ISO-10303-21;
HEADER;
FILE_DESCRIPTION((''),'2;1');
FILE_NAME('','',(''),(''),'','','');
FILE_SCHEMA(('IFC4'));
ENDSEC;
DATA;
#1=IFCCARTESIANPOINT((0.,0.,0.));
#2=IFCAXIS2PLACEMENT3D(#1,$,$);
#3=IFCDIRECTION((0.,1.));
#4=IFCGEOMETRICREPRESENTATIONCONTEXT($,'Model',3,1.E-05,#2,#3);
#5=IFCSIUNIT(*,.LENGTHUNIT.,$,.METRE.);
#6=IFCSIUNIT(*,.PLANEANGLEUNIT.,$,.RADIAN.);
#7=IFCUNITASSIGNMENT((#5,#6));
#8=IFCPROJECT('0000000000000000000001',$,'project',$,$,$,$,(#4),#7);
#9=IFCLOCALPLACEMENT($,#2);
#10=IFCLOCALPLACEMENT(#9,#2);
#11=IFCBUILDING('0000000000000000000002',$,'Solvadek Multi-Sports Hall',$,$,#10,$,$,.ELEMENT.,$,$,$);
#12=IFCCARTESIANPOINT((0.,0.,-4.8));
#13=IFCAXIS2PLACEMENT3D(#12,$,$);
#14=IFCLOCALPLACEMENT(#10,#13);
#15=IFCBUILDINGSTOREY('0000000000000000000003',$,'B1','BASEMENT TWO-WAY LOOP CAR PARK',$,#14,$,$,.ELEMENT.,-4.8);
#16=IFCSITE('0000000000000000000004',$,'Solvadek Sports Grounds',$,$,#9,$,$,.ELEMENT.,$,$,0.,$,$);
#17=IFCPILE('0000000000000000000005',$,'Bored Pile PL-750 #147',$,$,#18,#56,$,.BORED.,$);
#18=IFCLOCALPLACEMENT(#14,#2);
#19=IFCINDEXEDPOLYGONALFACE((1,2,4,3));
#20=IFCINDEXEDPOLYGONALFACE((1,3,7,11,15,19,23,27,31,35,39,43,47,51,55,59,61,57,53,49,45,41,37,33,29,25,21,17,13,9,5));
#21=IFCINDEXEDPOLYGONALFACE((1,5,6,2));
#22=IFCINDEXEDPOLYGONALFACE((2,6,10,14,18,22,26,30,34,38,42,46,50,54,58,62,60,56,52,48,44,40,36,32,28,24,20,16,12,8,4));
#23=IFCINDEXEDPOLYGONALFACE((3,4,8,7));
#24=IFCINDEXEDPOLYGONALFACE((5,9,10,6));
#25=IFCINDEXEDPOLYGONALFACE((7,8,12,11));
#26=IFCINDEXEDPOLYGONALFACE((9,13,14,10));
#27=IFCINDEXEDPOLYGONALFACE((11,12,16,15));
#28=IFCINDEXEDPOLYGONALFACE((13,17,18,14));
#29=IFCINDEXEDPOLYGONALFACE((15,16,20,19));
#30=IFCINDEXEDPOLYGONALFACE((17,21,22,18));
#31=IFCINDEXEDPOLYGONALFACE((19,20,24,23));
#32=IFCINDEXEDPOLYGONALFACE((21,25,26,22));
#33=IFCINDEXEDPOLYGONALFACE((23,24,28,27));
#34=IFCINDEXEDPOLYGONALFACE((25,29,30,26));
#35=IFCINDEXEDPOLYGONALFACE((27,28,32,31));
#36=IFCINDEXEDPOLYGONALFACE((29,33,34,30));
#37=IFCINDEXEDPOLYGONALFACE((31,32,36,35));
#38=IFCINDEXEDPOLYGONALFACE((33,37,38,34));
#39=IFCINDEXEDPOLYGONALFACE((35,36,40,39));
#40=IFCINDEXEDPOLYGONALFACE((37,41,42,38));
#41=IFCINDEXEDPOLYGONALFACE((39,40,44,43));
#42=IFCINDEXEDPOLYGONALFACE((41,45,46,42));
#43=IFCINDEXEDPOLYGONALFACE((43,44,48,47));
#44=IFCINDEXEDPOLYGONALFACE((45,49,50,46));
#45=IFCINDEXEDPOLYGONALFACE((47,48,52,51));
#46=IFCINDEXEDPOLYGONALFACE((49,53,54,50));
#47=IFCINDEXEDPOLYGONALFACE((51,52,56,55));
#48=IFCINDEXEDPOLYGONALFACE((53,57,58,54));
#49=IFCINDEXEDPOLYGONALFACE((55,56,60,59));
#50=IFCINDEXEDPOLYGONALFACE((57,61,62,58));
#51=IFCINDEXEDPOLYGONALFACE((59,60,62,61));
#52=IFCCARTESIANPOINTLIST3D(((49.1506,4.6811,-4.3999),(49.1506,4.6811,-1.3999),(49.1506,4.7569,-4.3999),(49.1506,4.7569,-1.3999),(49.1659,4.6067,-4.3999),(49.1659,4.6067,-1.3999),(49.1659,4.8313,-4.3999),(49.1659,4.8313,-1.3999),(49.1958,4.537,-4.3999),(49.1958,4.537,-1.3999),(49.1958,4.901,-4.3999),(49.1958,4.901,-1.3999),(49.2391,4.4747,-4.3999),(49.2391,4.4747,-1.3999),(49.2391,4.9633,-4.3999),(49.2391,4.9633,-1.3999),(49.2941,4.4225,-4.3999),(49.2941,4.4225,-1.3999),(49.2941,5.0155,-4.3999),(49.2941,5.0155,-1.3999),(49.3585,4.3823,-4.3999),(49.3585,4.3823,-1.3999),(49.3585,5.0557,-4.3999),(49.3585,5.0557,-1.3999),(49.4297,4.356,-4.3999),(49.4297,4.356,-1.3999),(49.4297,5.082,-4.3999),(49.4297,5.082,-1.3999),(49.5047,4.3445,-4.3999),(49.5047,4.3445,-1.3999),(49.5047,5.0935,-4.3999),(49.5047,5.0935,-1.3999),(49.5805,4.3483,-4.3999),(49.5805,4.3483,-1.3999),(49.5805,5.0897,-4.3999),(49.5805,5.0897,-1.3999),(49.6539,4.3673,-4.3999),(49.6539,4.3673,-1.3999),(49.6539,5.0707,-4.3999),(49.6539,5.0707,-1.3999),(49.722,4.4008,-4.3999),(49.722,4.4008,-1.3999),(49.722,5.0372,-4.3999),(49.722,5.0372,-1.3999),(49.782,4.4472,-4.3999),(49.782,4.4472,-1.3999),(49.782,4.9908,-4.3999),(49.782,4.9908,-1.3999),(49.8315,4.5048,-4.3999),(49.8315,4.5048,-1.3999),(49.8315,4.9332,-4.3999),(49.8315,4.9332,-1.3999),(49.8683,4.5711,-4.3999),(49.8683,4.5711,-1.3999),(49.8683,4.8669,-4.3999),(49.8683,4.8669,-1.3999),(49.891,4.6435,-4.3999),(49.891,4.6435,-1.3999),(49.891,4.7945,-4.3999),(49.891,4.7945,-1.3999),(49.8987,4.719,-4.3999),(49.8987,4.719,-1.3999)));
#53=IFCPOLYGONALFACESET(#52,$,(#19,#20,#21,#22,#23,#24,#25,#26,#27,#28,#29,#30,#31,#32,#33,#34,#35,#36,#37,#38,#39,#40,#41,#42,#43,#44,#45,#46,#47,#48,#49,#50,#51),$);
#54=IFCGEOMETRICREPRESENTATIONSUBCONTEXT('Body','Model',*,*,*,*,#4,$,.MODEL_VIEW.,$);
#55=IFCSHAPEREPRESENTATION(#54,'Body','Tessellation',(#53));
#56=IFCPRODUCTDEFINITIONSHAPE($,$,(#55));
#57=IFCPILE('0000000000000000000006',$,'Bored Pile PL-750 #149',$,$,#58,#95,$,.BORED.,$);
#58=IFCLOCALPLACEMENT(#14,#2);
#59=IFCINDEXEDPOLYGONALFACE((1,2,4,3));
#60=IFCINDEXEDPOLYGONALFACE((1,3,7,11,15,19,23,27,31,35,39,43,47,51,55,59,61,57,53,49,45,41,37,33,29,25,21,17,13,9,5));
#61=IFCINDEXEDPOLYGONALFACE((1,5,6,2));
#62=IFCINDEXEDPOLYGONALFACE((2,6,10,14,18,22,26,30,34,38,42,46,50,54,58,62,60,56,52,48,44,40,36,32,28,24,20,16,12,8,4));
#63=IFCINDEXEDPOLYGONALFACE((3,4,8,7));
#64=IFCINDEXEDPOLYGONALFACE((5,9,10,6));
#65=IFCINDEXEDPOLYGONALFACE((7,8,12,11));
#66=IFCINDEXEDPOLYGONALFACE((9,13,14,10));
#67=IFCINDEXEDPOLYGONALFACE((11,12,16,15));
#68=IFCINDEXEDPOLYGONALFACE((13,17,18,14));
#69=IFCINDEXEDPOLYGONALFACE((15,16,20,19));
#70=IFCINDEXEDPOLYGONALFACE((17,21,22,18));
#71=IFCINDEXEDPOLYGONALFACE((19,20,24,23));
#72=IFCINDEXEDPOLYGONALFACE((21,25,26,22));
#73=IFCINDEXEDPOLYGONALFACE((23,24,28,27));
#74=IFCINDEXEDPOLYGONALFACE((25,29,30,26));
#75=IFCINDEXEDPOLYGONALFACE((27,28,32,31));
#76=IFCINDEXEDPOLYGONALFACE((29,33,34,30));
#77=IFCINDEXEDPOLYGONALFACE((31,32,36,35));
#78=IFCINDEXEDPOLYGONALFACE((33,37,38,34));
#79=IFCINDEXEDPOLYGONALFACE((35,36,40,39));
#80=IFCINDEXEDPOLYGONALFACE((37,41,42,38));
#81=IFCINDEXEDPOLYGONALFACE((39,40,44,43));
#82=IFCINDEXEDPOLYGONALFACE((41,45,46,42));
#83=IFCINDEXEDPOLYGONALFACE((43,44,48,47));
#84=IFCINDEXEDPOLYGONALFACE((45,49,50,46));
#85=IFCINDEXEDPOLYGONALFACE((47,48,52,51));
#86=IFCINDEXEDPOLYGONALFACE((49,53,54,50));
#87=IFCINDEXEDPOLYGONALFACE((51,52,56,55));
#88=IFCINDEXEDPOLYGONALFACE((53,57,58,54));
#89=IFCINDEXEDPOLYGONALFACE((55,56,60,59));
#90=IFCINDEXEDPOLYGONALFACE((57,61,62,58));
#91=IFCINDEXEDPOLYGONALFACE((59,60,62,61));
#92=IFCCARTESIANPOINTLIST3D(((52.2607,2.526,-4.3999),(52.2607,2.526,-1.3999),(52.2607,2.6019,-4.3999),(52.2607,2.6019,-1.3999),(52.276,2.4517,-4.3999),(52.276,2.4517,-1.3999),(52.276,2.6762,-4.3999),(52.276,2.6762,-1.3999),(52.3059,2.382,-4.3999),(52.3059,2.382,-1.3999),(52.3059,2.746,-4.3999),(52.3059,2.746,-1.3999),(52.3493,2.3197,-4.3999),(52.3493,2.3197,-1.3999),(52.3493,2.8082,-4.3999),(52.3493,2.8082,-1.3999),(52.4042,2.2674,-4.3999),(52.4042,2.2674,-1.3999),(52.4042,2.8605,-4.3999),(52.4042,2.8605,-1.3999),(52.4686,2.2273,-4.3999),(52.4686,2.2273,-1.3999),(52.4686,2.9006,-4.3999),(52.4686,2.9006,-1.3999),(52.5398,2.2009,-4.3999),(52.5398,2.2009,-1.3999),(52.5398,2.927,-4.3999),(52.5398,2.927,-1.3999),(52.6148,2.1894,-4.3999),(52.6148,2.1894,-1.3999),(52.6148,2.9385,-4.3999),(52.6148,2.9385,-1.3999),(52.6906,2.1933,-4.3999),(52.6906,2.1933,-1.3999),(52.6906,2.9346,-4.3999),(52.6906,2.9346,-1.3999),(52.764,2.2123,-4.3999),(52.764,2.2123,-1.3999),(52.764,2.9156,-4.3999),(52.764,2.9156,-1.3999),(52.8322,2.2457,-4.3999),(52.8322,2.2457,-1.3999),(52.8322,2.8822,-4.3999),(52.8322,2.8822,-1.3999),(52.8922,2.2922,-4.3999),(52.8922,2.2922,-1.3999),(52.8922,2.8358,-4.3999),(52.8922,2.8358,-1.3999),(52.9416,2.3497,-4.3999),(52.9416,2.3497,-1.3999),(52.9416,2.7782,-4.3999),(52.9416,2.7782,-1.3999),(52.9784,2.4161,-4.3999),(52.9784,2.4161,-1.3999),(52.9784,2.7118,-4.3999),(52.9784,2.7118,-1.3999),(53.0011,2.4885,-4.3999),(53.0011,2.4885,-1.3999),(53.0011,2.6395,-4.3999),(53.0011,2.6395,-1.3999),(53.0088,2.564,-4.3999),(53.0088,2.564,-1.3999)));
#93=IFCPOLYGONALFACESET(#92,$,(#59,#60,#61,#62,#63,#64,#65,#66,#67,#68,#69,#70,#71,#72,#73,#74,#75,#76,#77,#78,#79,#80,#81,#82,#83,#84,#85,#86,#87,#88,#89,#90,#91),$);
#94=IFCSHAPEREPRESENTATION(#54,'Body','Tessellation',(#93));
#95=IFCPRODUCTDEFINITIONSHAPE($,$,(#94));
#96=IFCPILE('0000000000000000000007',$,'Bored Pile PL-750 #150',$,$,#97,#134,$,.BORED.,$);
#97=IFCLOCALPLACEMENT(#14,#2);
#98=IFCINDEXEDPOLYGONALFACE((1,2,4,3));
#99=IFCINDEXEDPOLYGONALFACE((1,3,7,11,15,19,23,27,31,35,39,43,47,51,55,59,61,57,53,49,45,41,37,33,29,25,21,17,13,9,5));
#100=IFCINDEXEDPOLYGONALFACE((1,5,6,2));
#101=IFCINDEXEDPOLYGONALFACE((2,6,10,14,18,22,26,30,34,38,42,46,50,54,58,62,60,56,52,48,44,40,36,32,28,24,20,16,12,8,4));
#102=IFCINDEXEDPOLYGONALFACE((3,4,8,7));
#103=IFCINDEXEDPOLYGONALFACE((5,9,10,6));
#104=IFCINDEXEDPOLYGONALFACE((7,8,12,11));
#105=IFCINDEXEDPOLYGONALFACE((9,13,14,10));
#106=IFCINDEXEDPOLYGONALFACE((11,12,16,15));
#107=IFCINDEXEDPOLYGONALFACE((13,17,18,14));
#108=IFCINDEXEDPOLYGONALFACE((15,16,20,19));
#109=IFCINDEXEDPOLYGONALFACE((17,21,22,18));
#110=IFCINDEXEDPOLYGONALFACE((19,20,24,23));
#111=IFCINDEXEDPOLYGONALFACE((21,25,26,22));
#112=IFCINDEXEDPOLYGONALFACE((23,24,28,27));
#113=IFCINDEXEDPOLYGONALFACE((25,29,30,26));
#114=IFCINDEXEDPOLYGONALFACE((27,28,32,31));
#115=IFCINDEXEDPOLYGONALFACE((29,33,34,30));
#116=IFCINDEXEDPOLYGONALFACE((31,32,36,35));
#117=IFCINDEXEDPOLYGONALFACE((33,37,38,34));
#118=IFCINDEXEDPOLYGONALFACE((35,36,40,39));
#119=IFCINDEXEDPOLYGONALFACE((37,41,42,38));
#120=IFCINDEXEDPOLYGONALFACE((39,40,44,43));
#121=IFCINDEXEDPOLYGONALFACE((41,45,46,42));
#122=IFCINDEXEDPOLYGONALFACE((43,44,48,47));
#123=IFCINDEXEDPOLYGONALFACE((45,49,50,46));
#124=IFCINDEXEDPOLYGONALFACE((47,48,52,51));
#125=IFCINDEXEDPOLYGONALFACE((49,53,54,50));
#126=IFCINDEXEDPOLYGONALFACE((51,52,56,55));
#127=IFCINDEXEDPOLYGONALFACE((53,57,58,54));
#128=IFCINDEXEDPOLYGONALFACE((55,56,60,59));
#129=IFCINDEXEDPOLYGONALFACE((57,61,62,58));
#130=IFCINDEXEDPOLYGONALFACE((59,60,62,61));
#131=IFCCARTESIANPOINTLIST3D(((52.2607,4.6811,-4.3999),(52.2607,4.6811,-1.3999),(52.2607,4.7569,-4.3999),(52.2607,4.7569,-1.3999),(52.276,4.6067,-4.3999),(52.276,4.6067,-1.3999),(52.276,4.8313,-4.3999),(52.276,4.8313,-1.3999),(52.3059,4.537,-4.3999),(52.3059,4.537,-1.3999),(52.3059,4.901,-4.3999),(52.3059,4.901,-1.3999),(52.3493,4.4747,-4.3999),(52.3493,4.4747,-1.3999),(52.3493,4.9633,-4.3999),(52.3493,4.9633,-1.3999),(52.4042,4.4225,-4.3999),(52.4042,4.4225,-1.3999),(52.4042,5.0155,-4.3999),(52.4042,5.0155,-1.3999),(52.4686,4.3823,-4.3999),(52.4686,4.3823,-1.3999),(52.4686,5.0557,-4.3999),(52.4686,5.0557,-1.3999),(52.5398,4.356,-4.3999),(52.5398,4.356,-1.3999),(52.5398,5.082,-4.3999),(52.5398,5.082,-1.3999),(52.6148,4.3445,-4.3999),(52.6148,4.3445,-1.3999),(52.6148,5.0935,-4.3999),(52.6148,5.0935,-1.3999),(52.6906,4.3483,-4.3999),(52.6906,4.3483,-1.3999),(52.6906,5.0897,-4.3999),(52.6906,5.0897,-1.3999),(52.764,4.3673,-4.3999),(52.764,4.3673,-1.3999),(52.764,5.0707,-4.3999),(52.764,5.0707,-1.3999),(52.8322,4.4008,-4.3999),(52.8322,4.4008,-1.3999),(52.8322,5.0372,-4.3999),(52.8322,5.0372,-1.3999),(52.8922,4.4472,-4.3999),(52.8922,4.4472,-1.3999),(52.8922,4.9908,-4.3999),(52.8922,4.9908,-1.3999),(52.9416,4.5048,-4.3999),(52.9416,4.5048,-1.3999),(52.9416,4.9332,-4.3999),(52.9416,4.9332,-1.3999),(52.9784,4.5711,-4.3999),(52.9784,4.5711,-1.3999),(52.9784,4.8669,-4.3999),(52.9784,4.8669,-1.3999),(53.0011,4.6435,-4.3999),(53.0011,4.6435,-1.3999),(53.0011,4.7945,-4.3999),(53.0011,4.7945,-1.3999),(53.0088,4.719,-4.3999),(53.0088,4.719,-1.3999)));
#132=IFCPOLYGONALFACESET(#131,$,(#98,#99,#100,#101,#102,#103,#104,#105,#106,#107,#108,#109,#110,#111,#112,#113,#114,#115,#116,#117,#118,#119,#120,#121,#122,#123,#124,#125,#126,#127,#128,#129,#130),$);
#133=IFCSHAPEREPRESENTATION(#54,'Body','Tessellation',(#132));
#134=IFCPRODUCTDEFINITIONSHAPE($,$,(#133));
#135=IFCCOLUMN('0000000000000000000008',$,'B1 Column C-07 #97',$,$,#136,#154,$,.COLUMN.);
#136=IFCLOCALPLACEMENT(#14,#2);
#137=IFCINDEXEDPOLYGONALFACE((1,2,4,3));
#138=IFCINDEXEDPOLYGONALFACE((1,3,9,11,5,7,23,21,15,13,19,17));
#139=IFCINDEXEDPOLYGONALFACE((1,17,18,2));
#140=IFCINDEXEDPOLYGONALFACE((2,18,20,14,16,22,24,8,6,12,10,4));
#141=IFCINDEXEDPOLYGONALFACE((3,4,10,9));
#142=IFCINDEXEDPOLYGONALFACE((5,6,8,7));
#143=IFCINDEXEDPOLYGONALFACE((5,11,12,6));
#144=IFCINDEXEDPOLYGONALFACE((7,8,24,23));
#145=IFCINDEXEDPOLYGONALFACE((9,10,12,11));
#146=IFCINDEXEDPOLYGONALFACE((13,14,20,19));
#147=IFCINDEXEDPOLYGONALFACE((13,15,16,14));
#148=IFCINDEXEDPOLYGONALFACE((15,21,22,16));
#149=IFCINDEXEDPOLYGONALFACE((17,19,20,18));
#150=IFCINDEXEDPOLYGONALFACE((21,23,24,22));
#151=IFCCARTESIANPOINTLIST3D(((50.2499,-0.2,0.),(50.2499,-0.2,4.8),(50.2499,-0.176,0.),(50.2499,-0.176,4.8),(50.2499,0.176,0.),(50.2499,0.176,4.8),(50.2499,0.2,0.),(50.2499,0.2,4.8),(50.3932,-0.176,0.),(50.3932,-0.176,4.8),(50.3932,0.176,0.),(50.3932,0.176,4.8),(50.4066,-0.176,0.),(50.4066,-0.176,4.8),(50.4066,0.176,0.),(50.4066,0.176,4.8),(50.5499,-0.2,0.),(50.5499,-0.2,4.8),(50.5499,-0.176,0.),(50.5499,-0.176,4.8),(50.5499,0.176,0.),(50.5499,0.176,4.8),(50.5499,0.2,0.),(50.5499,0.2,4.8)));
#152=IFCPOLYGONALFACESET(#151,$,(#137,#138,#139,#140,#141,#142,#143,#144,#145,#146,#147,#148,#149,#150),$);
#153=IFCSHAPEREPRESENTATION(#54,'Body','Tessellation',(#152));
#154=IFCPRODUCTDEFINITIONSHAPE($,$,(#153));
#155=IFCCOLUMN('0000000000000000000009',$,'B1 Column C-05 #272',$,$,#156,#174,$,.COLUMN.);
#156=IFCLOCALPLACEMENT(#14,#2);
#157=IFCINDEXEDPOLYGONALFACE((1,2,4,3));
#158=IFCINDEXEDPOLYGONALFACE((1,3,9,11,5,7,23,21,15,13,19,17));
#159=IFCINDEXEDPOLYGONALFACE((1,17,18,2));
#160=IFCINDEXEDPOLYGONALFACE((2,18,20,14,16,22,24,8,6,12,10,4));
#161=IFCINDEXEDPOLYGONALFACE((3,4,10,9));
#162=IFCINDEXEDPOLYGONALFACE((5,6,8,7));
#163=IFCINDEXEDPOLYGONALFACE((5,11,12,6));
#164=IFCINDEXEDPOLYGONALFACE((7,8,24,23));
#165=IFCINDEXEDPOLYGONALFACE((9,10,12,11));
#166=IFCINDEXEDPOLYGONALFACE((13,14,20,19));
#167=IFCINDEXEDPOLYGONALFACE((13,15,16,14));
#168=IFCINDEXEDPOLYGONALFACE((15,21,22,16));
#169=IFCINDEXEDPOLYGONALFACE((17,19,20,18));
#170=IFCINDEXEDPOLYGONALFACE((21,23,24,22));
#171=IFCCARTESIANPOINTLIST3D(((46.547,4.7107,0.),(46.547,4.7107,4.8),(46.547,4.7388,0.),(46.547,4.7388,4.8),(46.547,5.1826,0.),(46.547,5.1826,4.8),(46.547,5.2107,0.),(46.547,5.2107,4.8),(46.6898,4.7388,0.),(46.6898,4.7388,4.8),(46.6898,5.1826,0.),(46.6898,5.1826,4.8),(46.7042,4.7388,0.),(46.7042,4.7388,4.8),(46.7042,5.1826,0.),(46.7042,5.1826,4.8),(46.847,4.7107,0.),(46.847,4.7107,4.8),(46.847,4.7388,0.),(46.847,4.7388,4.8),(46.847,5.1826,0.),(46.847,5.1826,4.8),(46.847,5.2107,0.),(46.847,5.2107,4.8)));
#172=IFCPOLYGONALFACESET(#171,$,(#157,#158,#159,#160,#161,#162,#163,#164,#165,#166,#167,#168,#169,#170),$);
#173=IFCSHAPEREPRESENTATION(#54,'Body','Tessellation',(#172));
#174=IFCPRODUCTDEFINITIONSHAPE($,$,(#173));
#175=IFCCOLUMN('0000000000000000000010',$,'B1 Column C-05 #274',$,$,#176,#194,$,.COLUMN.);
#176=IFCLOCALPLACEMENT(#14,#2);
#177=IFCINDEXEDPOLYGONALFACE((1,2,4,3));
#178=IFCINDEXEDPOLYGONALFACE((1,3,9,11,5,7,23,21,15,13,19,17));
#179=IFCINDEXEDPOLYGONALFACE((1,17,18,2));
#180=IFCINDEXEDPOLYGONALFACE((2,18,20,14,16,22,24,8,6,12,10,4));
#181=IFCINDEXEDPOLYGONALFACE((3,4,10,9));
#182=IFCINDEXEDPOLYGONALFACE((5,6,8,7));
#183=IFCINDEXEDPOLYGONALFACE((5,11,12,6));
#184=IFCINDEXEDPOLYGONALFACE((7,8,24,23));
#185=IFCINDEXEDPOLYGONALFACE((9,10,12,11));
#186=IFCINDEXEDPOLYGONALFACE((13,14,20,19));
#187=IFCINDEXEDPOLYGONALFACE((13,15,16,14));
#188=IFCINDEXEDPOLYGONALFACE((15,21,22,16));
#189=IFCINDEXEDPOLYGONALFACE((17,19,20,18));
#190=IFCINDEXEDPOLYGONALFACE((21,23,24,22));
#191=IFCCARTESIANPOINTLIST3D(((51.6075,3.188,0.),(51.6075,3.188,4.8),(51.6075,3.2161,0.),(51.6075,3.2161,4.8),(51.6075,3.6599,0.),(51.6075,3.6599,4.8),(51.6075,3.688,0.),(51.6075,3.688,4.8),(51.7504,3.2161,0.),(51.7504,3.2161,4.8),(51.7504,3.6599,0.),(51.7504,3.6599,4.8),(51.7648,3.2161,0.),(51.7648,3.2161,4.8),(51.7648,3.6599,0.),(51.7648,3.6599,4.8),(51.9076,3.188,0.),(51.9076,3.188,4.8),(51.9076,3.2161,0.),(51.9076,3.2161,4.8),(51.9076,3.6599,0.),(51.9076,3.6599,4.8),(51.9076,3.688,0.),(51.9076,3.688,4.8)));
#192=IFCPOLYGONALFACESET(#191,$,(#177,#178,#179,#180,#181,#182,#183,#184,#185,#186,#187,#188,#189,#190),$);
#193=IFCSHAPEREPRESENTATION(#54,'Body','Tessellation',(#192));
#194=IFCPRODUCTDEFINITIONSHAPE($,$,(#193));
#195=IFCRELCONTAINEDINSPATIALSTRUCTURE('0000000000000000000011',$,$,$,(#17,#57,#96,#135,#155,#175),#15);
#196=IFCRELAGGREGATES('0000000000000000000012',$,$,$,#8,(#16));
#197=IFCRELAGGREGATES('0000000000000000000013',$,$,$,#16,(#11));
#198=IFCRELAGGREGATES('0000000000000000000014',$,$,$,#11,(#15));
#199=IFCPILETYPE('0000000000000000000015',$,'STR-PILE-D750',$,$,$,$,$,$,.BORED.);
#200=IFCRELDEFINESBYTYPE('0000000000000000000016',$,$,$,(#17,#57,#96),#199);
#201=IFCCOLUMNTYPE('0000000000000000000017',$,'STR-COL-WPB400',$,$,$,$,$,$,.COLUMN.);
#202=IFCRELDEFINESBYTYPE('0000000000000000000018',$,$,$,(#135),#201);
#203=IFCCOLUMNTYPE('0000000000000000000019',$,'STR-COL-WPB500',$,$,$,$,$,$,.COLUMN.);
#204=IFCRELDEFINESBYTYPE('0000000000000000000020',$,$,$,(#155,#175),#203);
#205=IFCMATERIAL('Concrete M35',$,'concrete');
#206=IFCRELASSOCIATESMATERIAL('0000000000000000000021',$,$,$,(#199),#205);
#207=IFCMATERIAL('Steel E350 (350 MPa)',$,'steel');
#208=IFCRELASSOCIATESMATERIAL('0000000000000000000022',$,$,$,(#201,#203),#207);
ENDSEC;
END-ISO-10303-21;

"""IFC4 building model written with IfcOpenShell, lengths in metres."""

from ifc_helpers import new_model, si_unit, direction, frame, origin, origin_2d, place, context, subcontext, project, spatial, circle, i_section, extrude, material, material_profile, profile_set, type_object, element, save


model = new_model("IFC4")

# Units and contexts
model_context = context("Model", 3, precision=1e-05, world=origin(), true_north=direction((0.0, 1.0)))
body_context = subcontext(model_context, "Body", "Model", "MODEL_VIEW")
ifc_project = project(units=[si_unit("LENGTHUNIT", "METRE"), si_unit("PLANEANGLEUNIT", "RADIAN")], contexts=[model_context])

# Site, building, storey
site_placement = place(None, origin())
site = spatial("IfcSite", under=ifc_project, at=site_placement, Name="Solvadek Sports Grounds", CompositionType="ELEMENT", RefElevation=0.0)
building_placement = place(site_placement, origin())
building = spatial("IfcBuilding", under=site, at=building_placement, Name="Solvadek Multi-Sports Hall", CompositionType="ELEMENT")
storey_placement = place(building_placement, frame((0.0, 0.0, -4.8)))
storey = spatial("IfcBuildingStorey", under=building, at=storey_placement, Name="B1", Description="BASEMENT TWO-WAY LOOP CAR PARK", CompositionType="ELEMENT", Elevation=-4.8)

# Piles
ifc_material_1 = material(Name="Concrete M35", Category="concrete")
ifc_material_profile_1 = material_profile(ifc_material_1, circle(Radius=0.375, at=origin_2d()), Name="BORED PILE D750")
ifc_profile_set_1 = profile_set([ifc_material_profile_1], Name="Concrete M35")
pile_type_1 = type_object("IfcPileType", Name="STR-PILE-D750", PredefinedType="BORED", material=ifc_profile_set_1)
for number, where, z_axis, x_axis, name in (
    (1, (49.5237, 4.719, -1.3999), (0.0, 0.0, -1.0), (1.0, 0.0, 0.0), "Bored Pile PL-750 #147"),
    (2, (52.6338, 2.564, -1.3999), (0.0, 0.0, -1.0), (1.0, 0.0, 0.0), "Bored Pile PL-750 #149"),
    (3, (52.6338, 4.719, -1.3999), (0.0, 0.0, -1.0), (1.0, 0.0, 0.0), "Bored Pile PL-750 #150"),
):
    element("IfcPile", number, at=place(storey_placement, frame(where, z_axis=z_axis, x_axis=x_axis)), inside=storey, type_object=pile_type_1, Name=name, PredefinedType="BORED", context=body_context, shape_type="SweptSolid", body=[
        extrude(circle(Radius=0.375, at=origin_2d()), origin(), (0.0, 0.0, 1.0), 3.0),
    ])

# Columns
ifc_material_2 = material(Name="Steel E350 (350 MPa)", Category="steel")
ifc_material_profile_2 = material_profile(ifc_material_2, i_section(OverallWidth=0.3, OverallDepth=0.3999, WebThickness=0.0134, FlangeThickness=0.0239, at=origin_2d()), Name="WPB 400")
ifc_profile_set_2 = profile_set([ifc_material_profile_2], Name="Steel E350 (350 MPa)")
column_type_1 = type_object("IfcColumnType", Name="STR-COL-WPB400", PredefinedType="COLUMN", material=ifc_profile_set_2)
column_placement = place(storey_placement, frame((50.3999, 0.0, 0.0), z_axis=(0.0, 0.0, 1.0), x_axis=(1.0, 0.0, 0.0)))
element("IfcColumn", 4, at=column_placement, inside=storey, type_object=column_type_1, Name="B1 Column C-07 #97", PredefinedType="COLUMN", context=body_context, shape_type="SweptSolid", body=[
    extrude(i_section(OverallWidth=0.3, OverallDepth=0.3999, WebThickness=0.0134, FlangeThickness=0.0239, at=origin_2d()), origin(), (0.0, 0.0, 1.0), 4.8),
])
ifc_material_profile_3 = material_profile(ifc_material_2, i_section(OverallWidth=0.3, OverallDepth=0.5, WebThickness=0.0144, FlangeThickness=0.0281, at=origin_2d()), Name="WPB 500")
ifc_profile_set_3 = profile_set([ifc_material_profile_3], Name="Steel E350 (350 MPa)")
column_type_2 = type_object("IfcColumnType", Name="STR-COL-WPB500", PredefinedType="COLUMN", material=ifc_profile_set_3)
for number, where, z_axis, x_axis, name in (
    (5, (46.697, 4.9607, 0.0), (0.0, 0.0, 1.0), (1.0, 0.0, 0.0), "B1 Column C-05 #272"),
    (6, (51.7576, 3.438, 0.0), (0.0, 0.0, 1.0), (1.0, 0.0, 0.0), "B1 Column C-05 #274"),
):
    element("IfcColumn", number, at=place(storey_placement, frame(where, z_axis=z_axis, x_axis=x_axis)), inside=storey, type_object=column_type_2, Name=name, PredefinedType="COLUMN", context=body_context, shape_type="SweptSolid", body=[
        extrude(i_section(OverallWidth=0.3, OverallDepth=0.5, WebThickness=0.0144, FlangeThickness=0.0281, at=origin_2d()), origin(), (0.0, 0.0, 1.0), 4.8),
    ])

save(model, "model.ifc")
